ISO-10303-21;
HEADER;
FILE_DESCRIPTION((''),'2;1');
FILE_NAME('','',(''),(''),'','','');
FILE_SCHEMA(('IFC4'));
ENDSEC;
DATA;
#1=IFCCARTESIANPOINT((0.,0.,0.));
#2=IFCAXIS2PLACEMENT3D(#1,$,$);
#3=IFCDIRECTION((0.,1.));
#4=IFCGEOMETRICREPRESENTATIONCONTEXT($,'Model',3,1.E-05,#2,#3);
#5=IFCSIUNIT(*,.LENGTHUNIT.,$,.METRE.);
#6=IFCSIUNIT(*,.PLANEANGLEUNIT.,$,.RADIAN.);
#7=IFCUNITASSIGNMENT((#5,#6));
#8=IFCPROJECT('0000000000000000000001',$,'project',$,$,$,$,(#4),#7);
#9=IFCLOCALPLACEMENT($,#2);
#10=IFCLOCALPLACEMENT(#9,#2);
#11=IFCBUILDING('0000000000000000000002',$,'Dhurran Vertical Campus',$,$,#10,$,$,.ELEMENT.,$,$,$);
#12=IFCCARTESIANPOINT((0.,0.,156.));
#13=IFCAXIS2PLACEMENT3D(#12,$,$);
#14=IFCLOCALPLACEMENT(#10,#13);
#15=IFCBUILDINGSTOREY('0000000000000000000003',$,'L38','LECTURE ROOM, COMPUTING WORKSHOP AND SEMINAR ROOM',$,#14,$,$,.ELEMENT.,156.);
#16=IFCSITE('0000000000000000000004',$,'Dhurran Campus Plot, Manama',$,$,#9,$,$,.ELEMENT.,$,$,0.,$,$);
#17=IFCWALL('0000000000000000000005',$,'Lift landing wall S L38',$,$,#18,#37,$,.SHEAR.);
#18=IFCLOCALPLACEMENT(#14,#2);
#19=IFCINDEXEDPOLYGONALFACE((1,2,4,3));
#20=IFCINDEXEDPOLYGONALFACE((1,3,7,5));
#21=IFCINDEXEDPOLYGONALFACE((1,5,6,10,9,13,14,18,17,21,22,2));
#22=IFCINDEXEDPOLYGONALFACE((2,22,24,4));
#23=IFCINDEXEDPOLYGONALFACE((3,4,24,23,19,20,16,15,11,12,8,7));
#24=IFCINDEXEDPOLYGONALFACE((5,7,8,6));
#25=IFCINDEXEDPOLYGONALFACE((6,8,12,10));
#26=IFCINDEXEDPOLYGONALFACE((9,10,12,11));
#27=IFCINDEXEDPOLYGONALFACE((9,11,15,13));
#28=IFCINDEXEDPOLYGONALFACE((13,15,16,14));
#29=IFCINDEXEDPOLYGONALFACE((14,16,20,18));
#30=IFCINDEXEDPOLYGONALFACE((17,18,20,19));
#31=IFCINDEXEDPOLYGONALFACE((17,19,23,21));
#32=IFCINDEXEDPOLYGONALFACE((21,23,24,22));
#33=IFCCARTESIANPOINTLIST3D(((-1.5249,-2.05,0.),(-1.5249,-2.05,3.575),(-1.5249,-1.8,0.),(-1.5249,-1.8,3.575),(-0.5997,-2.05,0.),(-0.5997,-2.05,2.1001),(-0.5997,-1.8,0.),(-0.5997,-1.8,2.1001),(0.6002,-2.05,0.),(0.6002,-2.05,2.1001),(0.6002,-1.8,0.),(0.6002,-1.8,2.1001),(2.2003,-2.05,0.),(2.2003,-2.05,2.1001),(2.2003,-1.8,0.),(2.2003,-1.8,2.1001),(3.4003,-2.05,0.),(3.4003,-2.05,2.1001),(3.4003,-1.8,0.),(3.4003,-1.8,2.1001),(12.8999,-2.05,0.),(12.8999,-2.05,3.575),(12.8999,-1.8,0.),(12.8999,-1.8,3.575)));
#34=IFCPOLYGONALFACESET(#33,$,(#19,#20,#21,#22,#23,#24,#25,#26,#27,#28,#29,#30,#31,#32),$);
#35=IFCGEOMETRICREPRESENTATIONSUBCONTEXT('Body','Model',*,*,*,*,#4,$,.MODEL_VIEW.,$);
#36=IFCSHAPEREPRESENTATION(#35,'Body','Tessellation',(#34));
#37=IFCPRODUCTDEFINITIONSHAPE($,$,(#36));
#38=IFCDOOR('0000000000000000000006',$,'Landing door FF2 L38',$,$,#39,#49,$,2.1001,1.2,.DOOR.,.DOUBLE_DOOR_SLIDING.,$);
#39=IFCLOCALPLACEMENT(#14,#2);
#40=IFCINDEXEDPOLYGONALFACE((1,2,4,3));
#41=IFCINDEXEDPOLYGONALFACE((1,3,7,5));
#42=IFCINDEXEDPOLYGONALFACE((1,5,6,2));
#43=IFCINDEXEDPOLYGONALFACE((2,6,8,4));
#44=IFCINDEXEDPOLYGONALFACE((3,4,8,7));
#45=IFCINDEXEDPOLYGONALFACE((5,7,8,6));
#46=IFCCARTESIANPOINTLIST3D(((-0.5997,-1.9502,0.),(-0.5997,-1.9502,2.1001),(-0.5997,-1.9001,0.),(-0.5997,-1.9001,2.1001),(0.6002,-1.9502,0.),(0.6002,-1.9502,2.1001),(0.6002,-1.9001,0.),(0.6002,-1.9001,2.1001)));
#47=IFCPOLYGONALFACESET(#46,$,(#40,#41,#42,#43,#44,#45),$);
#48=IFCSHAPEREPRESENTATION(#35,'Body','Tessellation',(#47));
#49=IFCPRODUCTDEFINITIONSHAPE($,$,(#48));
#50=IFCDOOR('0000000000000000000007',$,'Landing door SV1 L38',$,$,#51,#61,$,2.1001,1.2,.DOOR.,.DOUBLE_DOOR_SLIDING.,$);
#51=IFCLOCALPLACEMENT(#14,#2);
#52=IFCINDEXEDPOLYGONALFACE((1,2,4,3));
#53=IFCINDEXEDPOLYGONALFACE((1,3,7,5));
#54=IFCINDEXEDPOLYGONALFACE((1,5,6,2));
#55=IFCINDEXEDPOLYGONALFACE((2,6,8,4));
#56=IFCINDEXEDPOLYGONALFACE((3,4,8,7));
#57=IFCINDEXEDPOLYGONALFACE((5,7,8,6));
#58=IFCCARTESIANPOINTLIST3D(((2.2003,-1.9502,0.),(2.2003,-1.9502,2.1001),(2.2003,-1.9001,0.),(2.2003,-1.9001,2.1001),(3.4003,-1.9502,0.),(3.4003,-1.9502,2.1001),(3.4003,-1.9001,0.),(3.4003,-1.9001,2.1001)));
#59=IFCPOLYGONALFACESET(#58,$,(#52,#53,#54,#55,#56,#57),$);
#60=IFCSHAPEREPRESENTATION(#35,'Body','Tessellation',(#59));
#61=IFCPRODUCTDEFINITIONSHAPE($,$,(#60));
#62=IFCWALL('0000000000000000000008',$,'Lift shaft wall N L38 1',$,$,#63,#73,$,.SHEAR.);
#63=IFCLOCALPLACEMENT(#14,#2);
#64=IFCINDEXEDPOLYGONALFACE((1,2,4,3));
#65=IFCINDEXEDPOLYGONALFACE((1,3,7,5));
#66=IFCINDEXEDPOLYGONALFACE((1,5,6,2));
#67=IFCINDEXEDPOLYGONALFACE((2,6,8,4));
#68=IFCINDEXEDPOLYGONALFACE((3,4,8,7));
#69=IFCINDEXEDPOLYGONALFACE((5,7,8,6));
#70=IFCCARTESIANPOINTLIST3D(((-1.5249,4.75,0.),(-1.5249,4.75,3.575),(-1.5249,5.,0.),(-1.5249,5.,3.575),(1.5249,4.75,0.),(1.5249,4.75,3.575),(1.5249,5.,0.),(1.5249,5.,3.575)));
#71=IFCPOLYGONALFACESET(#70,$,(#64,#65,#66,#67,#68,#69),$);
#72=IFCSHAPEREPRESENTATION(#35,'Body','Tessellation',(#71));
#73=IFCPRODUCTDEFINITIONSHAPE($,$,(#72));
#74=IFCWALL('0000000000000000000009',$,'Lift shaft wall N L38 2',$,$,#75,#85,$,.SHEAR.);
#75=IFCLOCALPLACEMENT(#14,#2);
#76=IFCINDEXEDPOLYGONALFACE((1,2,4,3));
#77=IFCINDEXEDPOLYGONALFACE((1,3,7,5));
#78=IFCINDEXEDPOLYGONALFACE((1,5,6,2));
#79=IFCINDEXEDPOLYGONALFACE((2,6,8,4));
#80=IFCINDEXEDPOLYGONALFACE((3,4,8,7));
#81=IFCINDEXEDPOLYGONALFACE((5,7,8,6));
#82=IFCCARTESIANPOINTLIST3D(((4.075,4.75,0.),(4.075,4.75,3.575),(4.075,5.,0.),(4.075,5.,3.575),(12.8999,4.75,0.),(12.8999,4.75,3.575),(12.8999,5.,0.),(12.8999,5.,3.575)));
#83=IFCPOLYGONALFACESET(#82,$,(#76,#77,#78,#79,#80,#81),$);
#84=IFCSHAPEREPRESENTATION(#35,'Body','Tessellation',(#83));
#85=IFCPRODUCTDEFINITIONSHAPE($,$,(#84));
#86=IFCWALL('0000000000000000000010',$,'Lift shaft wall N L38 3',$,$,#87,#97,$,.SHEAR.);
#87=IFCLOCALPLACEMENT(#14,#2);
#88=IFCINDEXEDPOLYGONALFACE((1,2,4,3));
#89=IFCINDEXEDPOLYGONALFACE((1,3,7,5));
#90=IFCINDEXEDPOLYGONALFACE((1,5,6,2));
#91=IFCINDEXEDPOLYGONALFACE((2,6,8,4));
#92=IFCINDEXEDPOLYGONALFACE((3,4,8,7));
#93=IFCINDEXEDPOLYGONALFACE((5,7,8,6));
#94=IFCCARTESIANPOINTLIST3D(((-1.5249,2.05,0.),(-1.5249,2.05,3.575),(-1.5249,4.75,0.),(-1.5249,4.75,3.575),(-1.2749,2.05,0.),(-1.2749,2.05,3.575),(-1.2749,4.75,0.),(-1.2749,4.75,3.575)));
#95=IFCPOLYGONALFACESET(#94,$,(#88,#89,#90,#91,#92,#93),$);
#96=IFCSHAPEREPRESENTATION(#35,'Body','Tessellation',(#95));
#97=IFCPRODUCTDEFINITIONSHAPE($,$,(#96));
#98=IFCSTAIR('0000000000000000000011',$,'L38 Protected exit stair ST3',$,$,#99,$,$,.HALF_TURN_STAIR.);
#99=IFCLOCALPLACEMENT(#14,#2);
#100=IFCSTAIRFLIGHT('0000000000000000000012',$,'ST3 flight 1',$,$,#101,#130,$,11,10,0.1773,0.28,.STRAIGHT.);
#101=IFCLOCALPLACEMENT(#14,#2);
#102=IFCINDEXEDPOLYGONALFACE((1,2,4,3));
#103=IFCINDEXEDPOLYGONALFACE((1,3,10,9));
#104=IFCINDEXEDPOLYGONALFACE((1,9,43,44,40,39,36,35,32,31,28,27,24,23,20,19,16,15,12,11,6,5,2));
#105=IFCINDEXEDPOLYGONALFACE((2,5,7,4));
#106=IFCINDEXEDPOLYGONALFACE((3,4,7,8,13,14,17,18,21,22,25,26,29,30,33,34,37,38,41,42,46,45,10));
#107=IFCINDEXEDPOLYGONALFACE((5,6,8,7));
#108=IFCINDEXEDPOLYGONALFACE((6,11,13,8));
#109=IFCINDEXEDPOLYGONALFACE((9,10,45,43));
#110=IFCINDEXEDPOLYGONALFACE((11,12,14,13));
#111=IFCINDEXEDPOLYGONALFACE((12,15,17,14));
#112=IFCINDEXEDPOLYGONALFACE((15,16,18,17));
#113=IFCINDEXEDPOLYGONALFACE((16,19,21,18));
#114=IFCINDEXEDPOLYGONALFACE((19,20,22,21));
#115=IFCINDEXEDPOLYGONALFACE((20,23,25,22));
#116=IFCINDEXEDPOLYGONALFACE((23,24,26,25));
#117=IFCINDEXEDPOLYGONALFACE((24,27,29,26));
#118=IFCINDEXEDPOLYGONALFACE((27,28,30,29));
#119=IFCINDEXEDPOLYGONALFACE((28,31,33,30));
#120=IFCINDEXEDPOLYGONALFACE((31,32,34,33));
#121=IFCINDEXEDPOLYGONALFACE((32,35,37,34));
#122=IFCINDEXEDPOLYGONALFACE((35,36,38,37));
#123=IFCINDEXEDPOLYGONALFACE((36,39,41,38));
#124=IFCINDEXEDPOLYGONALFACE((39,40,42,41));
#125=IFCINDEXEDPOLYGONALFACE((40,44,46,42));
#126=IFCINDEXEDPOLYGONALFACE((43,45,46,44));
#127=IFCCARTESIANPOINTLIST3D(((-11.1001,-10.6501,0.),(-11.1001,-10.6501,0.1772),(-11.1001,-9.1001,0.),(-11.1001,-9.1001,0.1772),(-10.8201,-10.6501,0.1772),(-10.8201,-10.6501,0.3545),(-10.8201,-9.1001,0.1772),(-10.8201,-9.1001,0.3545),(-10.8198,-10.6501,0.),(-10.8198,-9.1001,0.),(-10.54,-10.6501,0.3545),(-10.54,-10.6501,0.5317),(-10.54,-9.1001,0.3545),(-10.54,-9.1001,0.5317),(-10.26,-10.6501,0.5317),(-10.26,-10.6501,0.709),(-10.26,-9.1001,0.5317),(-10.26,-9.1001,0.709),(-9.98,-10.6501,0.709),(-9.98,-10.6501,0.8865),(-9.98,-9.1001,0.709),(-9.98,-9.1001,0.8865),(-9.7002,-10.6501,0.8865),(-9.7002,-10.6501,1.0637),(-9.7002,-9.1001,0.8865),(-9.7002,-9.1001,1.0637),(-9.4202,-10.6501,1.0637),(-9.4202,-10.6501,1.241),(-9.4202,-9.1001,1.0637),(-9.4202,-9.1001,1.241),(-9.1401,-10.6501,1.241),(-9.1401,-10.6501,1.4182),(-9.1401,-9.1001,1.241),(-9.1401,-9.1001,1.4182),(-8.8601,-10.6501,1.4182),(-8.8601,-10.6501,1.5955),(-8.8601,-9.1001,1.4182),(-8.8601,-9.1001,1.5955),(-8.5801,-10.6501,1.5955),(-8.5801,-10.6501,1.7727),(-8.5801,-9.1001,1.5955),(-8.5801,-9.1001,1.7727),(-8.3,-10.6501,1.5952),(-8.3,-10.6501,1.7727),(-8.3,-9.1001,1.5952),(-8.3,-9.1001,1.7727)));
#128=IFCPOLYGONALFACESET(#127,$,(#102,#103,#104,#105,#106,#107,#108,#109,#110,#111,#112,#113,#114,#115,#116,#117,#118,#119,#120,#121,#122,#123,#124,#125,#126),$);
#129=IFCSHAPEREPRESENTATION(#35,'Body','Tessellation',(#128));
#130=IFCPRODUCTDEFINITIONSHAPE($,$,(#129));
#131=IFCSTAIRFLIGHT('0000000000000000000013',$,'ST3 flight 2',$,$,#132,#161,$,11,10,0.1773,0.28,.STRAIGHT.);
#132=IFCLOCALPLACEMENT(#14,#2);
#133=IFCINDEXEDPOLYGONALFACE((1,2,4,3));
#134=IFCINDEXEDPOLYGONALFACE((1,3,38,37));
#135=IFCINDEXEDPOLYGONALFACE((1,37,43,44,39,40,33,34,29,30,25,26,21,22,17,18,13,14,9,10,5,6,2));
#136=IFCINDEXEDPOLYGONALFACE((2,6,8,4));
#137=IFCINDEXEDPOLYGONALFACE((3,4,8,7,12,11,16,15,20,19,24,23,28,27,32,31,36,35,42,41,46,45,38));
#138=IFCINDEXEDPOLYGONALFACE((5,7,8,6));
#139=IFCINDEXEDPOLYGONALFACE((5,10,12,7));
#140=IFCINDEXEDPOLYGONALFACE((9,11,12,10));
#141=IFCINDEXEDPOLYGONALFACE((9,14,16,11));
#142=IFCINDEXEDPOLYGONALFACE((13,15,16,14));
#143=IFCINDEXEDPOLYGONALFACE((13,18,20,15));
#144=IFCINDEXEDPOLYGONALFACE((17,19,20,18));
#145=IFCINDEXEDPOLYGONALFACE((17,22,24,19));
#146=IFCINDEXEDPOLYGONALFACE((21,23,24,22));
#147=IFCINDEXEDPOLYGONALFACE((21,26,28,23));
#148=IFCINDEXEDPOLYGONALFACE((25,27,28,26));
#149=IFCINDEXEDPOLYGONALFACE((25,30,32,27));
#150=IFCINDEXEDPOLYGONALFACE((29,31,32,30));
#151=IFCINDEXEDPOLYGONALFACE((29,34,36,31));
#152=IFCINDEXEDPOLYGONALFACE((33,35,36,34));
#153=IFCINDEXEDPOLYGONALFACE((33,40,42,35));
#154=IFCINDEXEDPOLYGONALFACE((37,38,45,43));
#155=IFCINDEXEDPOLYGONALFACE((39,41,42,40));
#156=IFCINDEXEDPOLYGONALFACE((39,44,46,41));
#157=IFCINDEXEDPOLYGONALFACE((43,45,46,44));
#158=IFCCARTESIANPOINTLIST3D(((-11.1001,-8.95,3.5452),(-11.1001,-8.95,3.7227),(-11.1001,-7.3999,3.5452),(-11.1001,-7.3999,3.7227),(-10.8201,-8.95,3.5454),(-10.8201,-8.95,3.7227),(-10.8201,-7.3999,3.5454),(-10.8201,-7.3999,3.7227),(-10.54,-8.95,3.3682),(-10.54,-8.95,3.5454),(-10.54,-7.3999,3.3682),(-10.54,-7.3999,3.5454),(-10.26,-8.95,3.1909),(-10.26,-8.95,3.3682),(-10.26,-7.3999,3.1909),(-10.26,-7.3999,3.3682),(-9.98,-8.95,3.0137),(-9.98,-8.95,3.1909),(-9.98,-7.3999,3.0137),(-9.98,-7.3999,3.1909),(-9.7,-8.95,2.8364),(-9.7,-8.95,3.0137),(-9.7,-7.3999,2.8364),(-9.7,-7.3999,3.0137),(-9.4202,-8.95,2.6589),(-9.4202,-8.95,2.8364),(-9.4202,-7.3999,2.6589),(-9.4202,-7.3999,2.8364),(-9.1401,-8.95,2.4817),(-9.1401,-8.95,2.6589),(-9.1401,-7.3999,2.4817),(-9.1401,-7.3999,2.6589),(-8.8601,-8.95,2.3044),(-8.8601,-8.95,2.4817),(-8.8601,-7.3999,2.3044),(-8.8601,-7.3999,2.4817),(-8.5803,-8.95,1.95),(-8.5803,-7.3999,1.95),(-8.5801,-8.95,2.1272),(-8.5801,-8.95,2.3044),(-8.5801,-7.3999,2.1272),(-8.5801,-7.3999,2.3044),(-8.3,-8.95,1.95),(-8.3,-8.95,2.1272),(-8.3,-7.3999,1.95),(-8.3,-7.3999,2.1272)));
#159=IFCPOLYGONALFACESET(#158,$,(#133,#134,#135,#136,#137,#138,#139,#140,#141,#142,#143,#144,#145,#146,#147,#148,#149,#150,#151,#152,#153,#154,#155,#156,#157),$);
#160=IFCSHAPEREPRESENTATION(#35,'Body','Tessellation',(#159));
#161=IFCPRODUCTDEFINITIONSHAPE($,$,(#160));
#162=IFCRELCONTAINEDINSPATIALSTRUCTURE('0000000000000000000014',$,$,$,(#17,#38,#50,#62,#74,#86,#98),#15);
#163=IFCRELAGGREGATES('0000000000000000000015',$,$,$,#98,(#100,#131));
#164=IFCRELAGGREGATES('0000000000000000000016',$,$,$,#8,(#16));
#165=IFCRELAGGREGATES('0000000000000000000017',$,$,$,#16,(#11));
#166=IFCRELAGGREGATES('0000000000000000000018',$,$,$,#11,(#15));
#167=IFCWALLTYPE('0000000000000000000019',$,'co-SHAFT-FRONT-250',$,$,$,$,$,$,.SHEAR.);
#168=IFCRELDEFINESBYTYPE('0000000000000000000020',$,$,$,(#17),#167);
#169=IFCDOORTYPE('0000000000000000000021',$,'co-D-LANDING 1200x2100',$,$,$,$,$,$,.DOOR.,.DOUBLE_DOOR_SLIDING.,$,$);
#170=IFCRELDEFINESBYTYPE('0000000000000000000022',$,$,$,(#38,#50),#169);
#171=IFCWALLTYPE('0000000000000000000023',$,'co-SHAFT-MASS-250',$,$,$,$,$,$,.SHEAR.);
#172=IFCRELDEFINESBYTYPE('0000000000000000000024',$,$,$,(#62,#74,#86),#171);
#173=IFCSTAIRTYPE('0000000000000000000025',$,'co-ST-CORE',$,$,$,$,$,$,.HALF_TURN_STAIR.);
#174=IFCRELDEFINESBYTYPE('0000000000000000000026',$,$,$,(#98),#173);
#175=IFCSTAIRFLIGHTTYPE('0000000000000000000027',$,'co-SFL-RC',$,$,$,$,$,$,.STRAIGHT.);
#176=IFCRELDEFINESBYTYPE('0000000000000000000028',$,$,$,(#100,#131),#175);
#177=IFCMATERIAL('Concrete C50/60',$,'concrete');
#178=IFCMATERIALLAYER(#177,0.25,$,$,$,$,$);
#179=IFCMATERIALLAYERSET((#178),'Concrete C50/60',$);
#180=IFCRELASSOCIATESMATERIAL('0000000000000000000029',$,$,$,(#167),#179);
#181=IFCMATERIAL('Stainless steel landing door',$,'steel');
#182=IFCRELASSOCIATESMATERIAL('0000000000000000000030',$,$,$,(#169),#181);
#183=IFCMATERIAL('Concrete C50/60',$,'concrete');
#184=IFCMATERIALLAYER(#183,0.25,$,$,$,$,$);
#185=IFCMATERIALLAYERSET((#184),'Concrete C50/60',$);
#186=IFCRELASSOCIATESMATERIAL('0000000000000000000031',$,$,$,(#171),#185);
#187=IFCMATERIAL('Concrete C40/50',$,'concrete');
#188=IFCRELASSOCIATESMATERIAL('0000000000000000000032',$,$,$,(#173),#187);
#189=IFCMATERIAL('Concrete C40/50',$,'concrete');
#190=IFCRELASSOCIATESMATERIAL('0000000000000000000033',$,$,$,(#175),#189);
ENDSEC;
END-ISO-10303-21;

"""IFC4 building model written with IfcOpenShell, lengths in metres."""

from ifc_helpers import new_model, si_unit, direction, frame, frame_2d, origin, place, context, subcontext, project, spatial, polyline, rectangle, outline, extrude, material, layer, layer_set, type_object, element, fill, aggregate, save


model = new_model("IFC4")

# Units and contexts
model_context = context("Model", 3, precision=1e-05, world=origin(), true_north=direction((0.0, 1.0)))
body_context = subcontext(model_context, "Body", "Model", "MODEL_VIEW")
ifc_project = project(units=[si_unit("LENGTHUNIT", "METRE"), si_unit("PLANEANGLEUNIT", "RADIAN")], contexts=[model_context])

# Site, building, storey
site_placement = place(None, origin())
site = spatial("IfcSite", under=ifc_project, at=site_placement, Name="Dhurran Campus Plot, Manama", CompositionType="ELEMENT", RefElevation=0.0)
building_placement = place(site_placement, origin())
building = spatial("IfcBuilding", under=site, at=building_placement, Name="Dhurran Vertical Campus", CompositionType="ELEMENT")
storey_placement = place(building_placement, frame((0.0, 0.0, 156.0)))
storey = spatial("IfcBuildingStorey", under=building, at=storey_placement, Name="L38", Description="LECTURE ROOM, COMPUTING WORKSHOP AND SEMINAR ROOM", CompositionType="ELEMENT", Elevation=156.0)

# Wall, openings, doors
ifc_material_1 = material(Name="Concrete C50/60", Category="concrete")
ifc_layer_1 = layer(ifc_material_1, 0.25)
ifc_layer_set_1 = layer_set([ifc_layer_1], Name="Concrete C50/60")
wall_type_1 = type_object("IfcWallType", Name="co-SHAFT-FRONT-250", PredefinedType="SHEAR", material=ifc_layer_set_1)
ifc_material_2 = material(Name="Stainless steel landing door", Category="steel")
door_type_1 = type_object("IfcDoorType", Name="co-D-LANDING 1200x2100", OperationType="DOUBLE_DOOR_SLIDING", PredefinedType="DOOR", material=ifc_material_2)
wall_1_placement = place(storey_placement, frame((-1.5249, -1.925, 0.0), z_axis=(0.0, 0.0, 1.0), x_axis=(1.0, 0.0, 0.0)))
wall_1 = element("IfcWall", 1, at=wall_1_placement, inside=storey, type_object=wall_type_1, Name="Lift landing wall S L38", PredefinedType="SHEAR", context=body_context, shape_type="SweptSolid", body=[
    extrude(rectangle(XDim=14.4248, YDim=0.25, at=frame_2d((7.2124, 0.0))), origin(), (0.0, 0.0, 1.0), 3.575),
])
opening_1_placement = place(wall_1_placement, frame((0.925, 0.0, 0.0)))
opening_1 = element("IfcOpeningElement", 2, at=opening_1_placement, cuts=wall_1, PredefinedType="OPENING", context=body_context, shape_type="SweptSolid", body=[
    extrude(rectangle(XDim=1.2, YDim=2.1001, at=frame_2d((0.6001, 1.05))), frame((0.0, 0.135, 0.0), z_axis=(0.0, -1.0, 0.0), x_axis=(1.0, 0.0, 0.0)), (0.0, 0.0, 1.0), 0.27),
])
opening_2_placement = place(wall_1_placement, frame((3.7251, 0.0, 0.0)))
opening_2 = element("IfcOpeningElement", 3, at=opening_2_placement, cuts=wall_1, PredefinedType="OPENING", context=body_context, shape_type="SweptSolid", body=[
    extrude(rectangle(XDim=1.2, YDim=2.1001, at=frame_2d((0.6001, 1.05))), frame((0.0, 0.135, 0.0), z_axis=(0.0, -1.0, 0.0), x_axis=(1.0, 0.0, 0.0)), (0.0, 0.0, 1.0), 0.27),
])
door_1_placement = place(opening_1_placement, origin())
door_1 = element("IfcDoor", 4, at=door_1_placement, inside=storey, type_object=door_type_1, Name="Landing door FF2 L38", OperationType="DOUBLE_DOOR_SLIDING", OverallHeight=2.1001, OverallWidth=1.2, PredefinedType="DOOR", context=body_context, shape_type="SweptSolid", body=[
    extrude(rectangle(XDim=1.2, YDim=2.1001, at=frame_2d((0.6001, 1.05))), frame((0.0, 0.0249, 0.0), z_axis=(0.0, -1.0, 0.0), x_axis=(1.0, 0.0, 0.0)), (0.0, 0.0, 1.0), 0.05),
])
fill(opening_1, door_1)
door_2_placement = place(opening_2_placement, origin())
door_2 = element("IfcDoor", 5, at=door_2_placement, inside=storey, type_object=door_type_1, Name="Landing door SV1 L38", OperationType="DOUBLE_DOOR_SLIDING", OverallHeight=2.1001, OverallWidth=1.2, PredefinedType="DOOR", context=body_context, shape_type="SweptSolid", body=[
    extrude(rectangle(XDim=1.2, YDim=2.1001, at=frame_2d((0.6001, 1.05))), frame((0.0, 0.0249, 0.0), z_axis=(0.0, -1.0, 0.0), x_axis=(1.0, 0.0, 0.0)), (0.0, 0.0, 1.0), 0.05),
])
fill(opening_2, door_2)

# Walls
ifc_material_3 = material(Name="Concrete C50/60", Category="concrete")
ifc_layer_2 = layer(ifc_material_3, 0.25)
ifc_layer_set_2 = layer_set([ifc_layer_2], Name="Concrete C50/60")
wall_type_2 = type_object("IfcWallType", Name="co-SHAFT-MASS-250", PredefinedType="SHEAR", material=ifc_layer_set_2)
wall_2_placement = place(storey_placement, origin())
element("IfcWall", 6, at=wall_2_placement, inside=storey, type_object=wall_type_2, Name="Lift shaft wall N L38 1", PredefinedType="SHEAR", context=body_context, shape_type="SweptSolid", body=[
    extrude(outline(polyline([(-1.5249, 4.75), (1.5249, 4.75), (1.5249, 5.0), (-1.5249, 5.0), (-1.5249, 4.75)])), origin(), (0.0, 0.0, 1.0), 3.575),
])
wall_3_placement = place(storey_placement, origin())
element("IfcWall", 7, at=wall_3_placement, inside=storey, type_object=wall_type_2, Name="Lift shaft wall N L38 2", PredefinedType="SHEAR", context=body_context, shape_type="SweptSolid", body=[
    extrude(outline(polyline([(4.075, 4.75), (12.8999, 4.75), (12.8999, 5.0), (4.075, 5.0), (4.075, 4.75)])), origin(), (0.0, 0.0, 1.0), 3.575),
])
wall_4_placement = place(storey_placement, origin())
element("IfcWall", 8, at=wall_4_placement, inside=storey, type_object=wall_type_2, Name="Lift shaft wall N L38 3", PredefinedType="SHEAR", context=body_context, shape_type="SweptSolid", body=[
    extrude(outline(polyline([(-1.5249, 2.05), (-1.2749, 2.05), (-1.2749, 4.75), (-1.5249, 4.75), (-1.5249, 2.05)])), origin(), (0.0, 0.0, 1.0), 3.575),
])

# Stair, stair flights
ifc_material_4 = material(Name="Concrete C40/50", Category="concrete")
stair_type = type_object("IfcStairType", Name="co-ST-CORE", PredefinedType="HALF_TURN_STAIR", material=ifc_material_4)
stair_placement = place(storey_placement, origin())
stair = element("IfcStair", 9, at=stair_placement, inside=storey, type_object=stair_type, Name="L38 Protected exit stair ST3", PredefinedType="HALF_TURN_STAIR")
ifc_material_5 = material(Name="Concrete C40/50", Category="concrete")
stair_flight_type = type_object("IfcStairFlightType", Name="co-SFL-RC", PredefinedType="STRAIGHT", material=ifc_material_5)
stair_flight_1_placement = place(storey_placement, frame((-11.1001, -9.875, 0.0), z_axis=(0.0, 0.0, 1.0), x_axis=(1.0, 0.0, 0.0)))
stair_flight_1 = element("IfcStairFlight", 10, at=stair_flight_1_placement, type_object=stair_flight_type, Name="ST3 flight 1", NumberOfRisers=11, NumberOfTreads=10, PredefinedType="STRAIGHT", RiserHeight=0.1773, TreadLength=0.28, context=body_context, shape_type="SweptSolid", body=[
    extrude(outline(polyline([(0.0, 0.0), (0.0, 0.1772), (0.28, 0.1772), (0.28, 0.3545), (0.5601, 0.3545), (0.5601, 0.5317), (0.8401, 0.5317), (0.8401, 0.709), (1.1201, 0.709), (1.1201, 0.8865), (1.3999, 0.8865), (1.3999, 1.0637), (1.6799, 1.0637), (1.6799, 1.241), (1.96, 1.241), (1.96, 1.4182), (2.24, 1.4182), (2.24, 1.5955), (2.52, 1.5955), (2.52, 1.7727), (2.8, 1.7727), (2.8, 1.95), (2.8, 1.5952), (0.2803, 0.0), (0.0, 0.0)])), frame((0.0, 0.7749, 0.0), z_axis=(0.0, -1.0, 0.0), x_axis=(1.0, 0.0, 0.0)), (0.0, 0.0, 1.0), 1.55),
])
stair_flight_2_placement = place(storey_placement, frame((-8.3, -8.175, 1.95), z_axis=(0.0, 0.0, 1.0), x_axis=(-1.0, 0.0, 0.0)))
stair_flight_2 = element("IfcStairFlight", 11, at=stair_flight_2_placement, type_object=stair_flight_type, Name="ST3 flight 2", NumberOfRisers=11, NumberOfTreads=10, PredefinedType="STRAIGHT", RiserHeight=0.1773, TreadLength=0.28, context=body_context, shape_type="SweptSolid", body=[
    extrude(outline(polyline([(0.0, 0.0), (0.0, 0.1772), (0.28, 0.1772), (0.28, 0.3545), (0.5601, 0.3545), (0.5601, 0.5317), (0.8401, 0.5317), (0.8401, 0.709), (1.1201, 0.709), (1.1201, 0.8865), (1.3999, 0.8865), (1.3999, 1.0637), (1.6799, 1.0637), (1.6799, 1.241), (1.96, 1.241), (1.96, 1.4182), (2.24, 1.4182), (2.24, 1.5955), (2.52, 1.5955), (2.52, 1.7727), (2.8, 1.7727), (2.8, 1.95), (2.8, 1.5952), (0.2803, 0.0), (0.0, 0.0)])), frame((0.0, 0.7749, 0.0), z_axis=(0.0, -1.0, 0.0), x_axis=(1.0, 0.0, 0.0)), (0.0, 0.0, 1.0), 1.55),
])
aggregate(stair, [stair_flight_1, stair_flight_2])

save(model, "model.ifc")
